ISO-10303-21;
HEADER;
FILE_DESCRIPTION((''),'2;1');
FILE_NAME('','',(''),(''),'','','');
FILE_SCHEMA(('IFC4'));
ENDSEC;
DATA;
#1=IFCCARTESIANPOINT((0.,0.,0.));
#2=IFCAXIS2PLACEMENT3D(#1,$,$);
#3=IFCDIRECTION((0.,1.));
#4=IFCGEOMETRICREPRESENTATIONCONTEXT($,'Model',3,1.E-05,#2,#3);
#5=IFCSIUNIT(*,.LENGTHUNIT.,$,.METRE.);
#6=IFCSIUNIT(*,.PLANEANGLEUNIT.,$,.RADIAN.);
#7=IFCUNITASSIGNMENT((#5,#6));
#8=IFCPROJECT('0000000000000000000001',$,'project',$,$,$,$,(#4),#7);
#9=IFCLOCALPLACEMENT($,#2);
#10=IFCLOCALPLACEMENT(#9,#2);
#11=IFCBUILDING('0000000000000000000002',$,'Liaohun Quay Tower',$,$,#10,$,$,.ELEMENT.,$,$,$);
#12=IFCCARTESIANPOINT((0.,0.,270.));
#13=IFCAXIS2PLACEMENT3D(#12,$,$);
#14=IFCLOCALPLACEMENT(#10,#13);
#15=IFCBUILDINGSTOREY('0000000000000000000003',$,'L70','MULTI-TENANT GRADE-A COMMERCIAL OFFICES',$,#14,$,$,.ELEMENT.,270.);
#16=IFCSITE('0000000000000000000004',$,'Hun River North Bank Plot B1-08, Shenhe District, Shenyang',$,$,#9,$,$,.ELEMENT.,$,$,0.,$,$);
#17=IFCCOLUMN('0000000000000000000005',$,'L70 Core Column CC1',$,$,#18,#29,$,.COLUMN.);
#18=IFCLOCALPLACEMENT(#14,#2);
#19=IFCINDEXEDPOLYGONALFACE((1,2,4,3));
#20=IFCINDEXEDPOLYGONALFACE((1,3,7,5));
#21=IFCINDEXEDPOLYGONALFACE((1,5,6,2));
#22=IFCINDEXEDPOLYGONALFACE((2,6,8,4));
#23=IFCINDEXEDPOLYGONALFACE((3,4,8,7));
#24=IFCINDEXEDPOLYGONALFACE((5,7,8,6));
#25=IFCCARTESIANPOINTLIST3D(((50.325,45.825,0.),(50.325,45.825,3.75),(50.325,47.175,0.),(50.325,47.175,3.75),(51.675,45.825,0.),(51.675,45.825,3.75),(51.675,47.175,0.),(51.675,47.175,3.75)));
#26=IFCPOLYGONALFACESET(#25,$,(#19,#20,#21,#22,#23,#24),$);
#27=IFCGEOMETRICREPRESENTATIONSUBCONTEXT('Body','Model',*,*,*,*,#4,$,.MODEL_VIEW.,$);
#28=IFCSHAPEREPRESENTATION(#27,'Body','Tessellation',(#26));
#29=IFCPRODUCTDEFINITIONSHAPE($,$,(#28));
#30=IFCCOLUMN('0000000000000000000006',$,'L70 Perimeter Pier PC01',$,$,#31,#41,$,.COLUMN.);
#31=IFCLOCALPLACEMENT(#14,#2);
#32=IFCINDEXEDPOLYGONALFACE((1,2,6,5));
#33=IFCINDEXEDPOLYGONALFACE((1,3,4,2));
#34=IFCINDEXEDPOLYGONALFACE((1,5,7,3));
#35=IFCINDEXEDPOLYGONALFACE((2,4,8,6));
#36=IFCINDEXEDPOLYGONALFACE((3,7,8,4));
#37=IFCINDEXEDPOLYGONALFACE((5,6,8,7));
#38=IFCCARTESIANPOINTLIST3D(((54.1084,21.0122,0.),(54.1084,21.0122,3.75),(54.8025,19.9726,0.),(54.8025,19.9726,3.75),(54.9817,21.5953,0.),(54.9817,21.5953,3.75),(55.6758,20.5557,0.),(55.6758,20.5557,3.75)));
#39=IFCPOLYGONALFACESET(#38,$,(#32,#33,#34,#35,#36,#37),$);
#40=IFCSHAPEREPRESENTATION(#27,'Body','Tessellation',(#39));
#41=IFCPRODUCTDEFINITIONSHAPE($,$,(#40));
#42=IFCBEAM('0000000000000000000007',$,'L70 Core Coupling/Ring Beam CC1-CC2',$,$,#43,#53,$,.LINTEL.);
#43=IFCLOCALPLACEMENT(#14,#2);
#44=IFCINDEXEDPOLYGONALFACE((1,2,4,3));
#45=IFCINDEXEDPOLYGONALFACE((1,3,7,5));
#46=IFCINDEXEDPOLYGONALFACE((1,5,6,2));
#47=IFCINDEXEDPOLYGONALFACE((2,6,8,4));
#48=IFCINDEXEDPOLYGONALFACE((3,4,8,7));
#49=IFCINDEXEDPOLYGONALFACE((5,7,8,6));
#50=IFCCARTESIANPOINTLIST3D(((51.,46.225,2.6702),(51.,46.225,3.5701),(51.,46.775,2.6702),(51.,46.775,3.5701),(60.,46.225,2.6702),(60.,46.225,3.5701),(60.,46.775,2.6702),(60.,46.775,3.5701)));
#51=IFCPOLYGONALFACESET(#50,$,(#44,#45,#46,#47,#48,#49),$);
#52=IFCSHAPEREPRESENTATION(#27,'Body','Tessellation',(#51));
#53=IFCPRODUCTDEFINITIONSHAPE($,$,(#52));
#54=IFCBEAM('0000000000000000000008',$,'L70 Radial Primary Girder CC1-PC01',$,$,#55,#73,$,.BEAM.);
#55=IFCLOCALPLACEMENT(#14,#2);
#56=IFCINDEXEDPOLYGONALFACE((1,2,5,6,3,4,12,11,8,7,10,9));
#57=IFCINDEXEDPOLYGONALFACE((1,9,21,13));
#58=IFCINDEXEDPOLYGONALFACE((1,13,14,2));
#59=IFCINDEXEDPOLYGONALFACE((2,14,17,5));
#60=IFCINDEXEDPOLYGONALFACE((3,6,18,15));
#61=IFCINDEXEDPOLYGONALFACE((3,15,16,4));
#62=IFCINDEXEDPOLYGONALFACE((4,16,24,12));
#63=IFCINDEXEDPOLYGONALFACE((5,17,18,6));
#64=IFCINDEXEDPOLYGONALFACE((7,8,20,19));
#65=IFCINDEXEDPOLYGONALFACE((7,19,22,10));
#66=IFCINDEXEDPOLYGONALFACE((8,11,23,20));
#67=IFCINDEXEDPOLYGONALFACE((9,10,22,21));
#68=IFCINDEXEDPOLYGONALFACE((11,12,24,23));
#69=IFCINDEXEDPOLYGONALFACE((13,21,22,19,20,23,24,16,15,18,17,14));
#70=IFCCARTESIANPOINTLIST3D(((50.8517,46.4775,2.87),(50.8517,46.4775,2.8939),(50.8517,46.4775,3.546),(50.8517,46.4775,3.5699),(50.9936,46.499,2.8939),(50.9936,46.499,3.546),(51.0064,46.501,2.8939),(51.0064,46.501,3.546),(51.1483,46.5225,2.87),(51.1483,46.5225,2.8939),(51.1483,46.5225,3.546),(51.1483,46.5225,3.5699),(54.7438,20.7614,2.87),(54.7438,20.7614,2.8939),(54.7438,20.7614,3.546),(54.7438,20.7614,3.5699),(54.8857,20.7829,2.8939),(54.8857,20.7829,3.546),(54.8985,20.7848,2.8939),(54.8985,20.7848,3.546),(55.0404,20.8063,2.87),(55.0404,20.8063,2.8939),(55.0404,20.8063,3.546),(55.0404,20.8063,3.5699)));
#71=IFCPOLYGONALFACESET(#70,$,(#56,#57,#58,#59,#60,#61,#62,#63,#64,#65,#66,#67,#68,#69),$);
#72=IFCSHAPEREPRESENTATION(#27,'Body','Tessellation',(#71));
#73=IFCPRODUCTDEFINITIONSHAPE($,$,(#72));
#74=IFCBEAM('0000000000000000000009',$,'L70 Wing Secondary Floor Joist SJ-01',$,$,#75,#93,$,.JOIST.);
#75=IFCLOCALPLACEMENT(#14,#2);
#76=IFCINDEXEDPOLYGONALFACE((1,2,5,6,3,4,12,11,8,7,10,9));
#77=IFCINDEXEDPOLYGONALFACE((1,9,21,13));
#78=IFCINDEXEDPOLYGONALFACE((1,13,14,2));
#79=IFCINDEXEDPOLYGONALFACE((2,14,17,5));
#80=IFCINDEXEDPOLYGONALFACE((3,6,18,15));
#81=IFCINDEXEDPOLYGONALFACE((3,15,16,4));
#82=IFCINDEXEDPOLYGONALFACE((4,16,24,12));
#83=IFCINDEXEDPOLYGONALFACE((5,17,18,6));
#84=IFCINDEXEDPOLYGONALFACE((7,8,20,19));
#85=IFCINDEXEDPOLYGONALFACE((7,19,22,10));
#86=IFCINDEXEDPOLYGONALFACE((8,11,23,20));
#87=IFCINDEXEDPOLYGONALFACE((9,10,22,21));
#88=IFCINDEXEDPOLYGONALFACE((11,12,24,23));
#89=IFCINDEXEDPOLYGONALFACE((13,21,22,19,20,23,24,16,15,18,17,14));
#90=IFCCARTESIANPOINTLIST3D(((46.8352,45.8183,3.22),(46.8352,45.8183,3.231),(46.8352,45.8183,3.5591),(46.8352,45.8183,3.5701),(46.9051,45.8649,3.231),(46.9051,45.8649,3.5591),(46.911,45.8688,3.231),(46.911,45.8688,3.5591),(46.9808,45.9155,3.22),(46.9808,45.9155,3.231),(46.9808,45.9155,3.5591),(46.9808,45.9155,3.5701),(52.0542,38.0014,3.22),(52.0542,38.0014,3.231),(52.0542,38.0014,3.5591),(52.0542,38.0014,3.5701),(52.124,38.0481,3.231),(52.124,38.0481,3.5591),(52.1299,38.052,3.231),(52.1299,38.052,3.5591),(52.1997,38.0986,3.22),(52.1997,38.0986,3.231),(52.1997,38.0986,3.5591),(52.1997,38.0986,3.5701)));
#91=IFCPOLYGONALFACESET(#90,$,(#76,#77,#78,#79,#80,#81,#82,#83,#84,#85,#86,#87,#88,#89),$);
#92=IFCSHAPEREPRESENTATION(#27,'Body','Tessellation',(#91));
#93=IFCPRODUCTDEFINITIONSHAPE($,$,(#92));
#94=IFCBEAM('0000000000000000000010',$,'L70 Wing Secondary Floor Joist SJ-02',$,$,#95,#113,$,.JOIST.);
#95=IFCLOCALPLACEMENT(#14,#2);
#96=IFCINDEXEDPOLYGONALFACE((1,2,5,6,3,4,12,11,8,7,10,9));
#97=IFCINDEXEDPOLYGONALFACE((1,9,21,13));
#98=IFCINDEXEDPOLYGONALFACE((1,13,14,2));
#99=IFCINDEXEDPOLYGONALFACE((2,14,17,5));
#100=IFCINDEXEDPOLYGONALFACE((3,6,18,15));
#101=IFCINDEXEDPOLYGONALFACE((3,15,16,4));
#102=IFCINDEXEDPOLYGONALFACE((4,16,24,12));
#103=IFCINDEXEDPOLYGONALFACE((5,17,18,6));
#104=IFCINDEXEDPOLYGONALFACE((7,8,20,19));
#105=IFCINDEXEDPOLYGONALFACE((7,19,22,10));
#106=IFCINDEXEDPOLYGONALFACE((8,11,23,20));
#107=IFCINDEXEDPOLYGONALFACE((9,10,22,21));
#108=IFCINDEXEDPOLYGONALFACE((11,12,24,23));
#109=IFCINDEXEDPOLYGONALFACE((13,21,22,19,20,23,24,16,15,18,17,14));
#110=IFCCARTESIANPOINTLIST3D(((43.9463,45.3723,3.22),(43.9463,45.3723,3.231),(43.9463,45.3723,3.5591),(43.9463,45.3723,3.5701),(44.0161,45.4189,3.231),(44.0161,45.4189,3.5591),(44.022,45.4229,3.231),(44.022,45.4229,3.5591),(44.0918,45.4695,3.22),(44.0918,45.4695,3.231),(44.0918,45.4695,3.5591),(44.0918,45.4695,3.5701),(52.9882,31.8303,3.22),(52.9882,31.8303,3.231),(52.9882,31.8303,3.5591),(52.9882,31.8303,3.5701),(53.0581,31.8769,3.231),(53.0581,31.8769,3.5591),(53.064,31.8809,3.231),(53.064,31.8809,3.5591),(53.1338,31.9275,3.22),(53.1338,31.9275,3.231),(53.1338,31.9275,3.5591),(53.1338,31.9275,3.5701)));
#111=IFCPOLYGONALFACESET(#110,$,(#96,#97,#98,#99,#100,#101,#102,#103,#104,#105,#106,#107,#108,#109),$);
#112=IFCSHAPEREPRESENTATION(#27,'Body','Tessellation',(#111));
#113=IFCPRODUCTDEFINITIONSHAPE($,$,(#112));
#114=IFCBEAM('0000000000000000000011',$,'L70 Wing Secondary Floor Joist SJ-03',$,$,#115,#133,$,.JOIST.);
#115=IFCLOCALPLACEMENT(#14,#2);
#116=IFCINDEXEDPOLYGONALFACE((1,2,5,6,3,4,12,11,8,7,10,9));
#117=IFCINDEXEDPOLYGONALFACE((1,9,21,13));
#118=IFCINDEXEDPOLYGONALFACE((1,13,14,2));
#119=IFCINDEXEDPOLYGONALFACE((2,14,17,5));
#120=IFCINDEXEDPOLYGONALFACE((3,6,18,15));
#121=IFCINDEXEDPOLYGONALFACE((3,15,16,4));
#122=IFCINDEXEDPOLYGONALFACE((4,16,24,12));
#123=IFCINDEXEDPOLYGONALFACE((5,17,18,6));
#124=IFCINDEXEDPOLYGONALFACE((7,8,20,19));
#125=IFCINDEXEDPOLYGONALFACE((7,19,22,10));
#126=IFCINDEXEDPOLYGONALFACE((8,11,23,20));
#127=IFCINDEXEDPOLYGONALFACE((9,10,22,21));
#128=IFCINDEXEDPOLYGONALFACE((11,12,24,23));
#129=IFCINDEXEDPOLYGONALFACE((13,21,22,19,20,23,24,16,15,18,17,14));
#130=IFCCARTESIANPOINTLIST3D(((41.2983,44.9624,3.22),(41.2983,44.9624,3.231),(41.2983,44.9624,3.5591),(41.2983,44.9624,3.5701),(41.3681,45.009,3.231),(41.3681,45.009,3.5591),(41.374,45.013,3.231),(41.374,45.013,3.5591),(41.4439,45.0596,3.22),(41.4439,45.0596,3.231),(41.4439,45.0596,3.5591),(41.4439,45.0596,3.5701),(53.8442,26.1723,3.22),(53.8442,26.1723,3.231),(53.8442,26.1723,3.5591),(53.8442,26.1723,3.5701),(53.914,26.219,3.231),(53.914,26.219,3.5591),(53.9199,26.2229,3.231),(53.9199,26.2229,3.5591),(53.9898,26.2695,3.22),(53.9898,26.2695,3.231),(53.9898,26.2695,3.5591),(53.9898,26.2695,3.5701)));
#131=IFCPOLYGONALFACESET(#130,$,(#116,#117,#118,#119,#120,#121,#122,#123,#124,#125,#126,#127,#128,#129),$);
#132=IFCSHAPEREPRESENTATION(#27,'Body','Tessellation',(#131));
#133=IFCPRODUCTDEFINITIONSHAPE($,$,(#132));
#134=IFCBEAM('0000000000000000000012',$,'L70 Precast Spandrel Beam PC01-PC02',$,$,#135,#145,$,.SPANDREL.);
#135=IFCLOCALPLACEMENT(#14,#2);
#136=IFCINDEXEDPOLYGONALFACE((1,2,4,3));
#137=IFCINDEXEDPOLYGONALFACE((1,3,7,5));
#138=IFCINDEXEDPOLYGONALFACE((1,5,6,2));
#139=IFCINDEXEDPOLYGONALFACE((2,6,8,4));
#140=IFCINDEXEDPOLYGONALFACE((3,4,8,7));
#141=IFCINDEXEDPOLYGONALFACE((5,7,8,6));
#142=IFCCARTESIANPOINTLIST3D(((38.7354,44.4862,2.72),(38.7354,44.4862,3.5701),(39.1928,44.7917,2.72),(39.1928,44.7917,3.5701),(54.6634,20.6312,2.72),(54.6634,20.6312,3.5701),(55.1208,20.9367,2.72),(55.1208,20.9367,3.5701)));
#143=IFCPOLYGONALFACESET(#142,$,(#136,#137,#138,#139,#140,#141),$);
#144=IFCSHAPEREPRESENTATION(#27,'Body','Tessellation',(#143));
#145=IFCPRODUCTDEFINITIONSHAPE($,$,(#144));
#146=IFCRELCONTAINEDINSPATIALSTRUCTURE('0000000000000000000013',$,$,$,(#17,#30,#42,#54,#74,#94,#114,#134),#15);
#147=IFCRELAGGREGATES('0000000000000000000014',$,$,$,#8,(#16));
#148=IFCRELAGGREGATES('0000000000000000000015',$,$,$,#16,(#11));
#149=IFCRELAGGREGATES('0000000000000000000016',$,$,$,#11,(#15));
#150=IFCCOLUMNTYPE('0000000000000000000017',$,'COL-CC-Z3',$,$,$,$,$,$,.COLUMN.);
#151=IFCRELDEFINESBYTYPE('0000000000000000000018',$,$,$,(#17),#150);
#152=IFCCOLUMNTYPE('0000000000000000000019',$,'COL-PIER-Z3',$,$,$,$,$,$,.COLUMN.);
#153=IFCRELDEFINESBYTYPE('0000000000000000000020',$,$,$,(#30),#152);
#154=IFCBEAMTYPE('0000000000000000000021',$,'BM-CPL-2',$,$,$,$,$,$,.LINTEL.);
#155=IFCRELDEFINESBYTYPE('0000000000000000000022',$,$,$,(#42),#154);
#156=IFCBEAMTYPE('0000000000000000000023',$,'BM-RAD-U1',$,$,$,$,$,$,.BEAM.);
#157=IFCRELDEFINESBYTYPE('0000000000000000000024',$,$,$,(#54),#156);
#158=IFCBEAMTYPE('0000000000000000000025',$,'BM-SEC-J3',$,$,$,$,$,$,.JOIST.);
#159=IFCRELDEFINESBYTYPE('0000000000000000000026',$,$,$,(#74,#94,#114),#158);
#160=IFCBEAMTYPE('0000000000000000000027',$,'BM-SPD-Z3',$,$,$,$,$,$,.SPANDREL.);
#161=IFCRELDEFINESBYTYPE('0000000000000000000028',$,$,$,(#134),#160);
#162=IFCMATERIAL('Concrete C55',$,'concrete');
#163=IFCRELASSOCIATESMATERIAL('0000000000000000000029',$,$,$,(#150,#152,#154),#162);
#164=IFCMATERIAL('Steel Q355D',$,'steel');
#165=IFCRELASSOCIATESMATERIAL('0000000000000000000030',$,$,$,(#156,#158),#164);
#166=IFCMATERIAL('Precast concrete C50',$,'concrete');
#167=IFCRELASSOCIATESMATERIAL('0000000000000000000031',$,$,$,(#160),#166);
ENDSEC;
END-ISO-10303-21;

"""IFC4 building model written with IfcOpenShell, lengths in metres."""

from ifc_helpers import new_model, si_unit, direction, frame, origin, origin_2d, place, context, subcontext, project, spatial, rectangle, i_section, extrude, source, transform, mapped, material, material_profile, profile_set, type_object, element, save


model = new_model("IFC4")

# Units and contexts
model_context = context("Model", 3, precision=1e-05, world=origin(), true_north=direction((0.0, 1.0)))
body_context = subcontext(model_context, "Body", "Model", "MODEL_VIEW")
ifc_project = project(units=[si_unit("LENGTHUNIT", "METRE"), si_unit("PLANEANGLEUNIT", "RADIAN")], contexts=[model_context])

# Site, building, storey
site_placement = place(None, origin())
site = spatial("IfcSite", under=ifc_project, at=site_placement, Name="Hun River North Bank Plot B1-08, Shenhe District, Shenyang", CompositionType="ELEMENT", RefElevation=0.0)
building_placement = place(site_placement, origin())
building = spatial("IfcBuilding", under=site, at=building_placement, Name="Liaohun Quay Tower", CompositionType="ELEMENT")
storey_placement = place(building_placement, frame((0.0, 0.0, 270.0)))
storey = spatial("IfcBuildingStorey", under=building, at=storey_placement, Name="L70", Description="MULTI-TENANT GRADE-A COMMERCIAL OFFICES", CompositionType="ELEMENT", Elevation=270.0)

# Columns
ifc_material_1 = material(Name="Concrete C55", Category="concrete")
ifc_material_profile_1 = material_profile(ifc_material_1, rectangle(XDim=1.3501, YDim=1.3501, at=origin_2d()), Name="RC1350x1350")
ifc_profile_set_1 = profile_set([ifc_material_profile_1], Name="Concrete C55")
column_type_1 = type_object("IfcColumnType", Name="COL-CC-Z3", PredefinedType="COLUMN", material=ifc_profile_set_1)
shared_shape_1 = source(origin(), body_context, "Body", "SweptSolid", [
    extrude(rectangle(XDim=1.3501, YDim=1.3501, at=origin_2d()), origin(), (0.0, 0.0, 1.0), 3.75),
])
column_1_placement = place(storey_placement, frame((51.0, 46.5, 0.0), z_axis=(0.0, 0.0, 1.0), x_axis=(1.0, 0.0, 0.0)))
element("IfcColumn", 1, at=column_1_placement, inside=storey, type_object=column_type_1, Name="L70 Core Column CC1", PredefinedType="COLUMN", context=body_context, shape_type="MappedRepresentation", body=[
    mapped(shared_shape_1, transform((0.0, 0.0, 0.0), x_axis=(1.0, 0.0, 0.0), y_axis=(0.0, 1.0, 0.0), z_axis=(0.0, 0.0, 1.0), scale=1.0)),
])
ifc_material_profile_2 = material_profile(ifc_material_1, rectangle(XDim=1.25, YDim=1.05, at=origin_2d()), Name="RC1250x1050")
ifc_profile_set_2 = profile_set([ifc_material_profile_2], Name="Concrete C55")
column_type_2 = type_object("IfcColumnType", Name="COL-PIER-Z3", PredefinedType="COLUMN", material=ifc_profile_set_2)
shared_shape_2 = source(origin(), body_context, "Body", "SweptSolid", [
    extrude(rectangle(XDim=1.25, YDim=1.05, at=origin_2d()), origin(), (0.0, 0.0, 1.0), 3.75),
])
column_2_placement = place(storey_placement, frame((54.8921, 20.7839, 0.0), z_axis=(0.0, 0.0, 1.0), x_axis=(-0.55528, 0.831663, 0.0)))
element("IfcColumn", 2, at=column_2_placement, inside=storey, type_object=column_type_2, Name="L70 Perimeter Pier PC01", PredefinedType="COLUMN", context=body_context, shape_type="MappedRepresentation", body=[
    mapped(shared_shape_2, transform((0.0, 0.0, 0.0), x_axis=(1.0, 0.0, 0.0), y_axis=(0.0, 1.0, 0.0), z_axis=(0.0, 0.0, 1.0), scale=1.0)),
])

# Beams
ifc_material_profile_3 = material_profile(ifc_material_1, rectangle(XDim=0.55, YDim=0.8999, at=origin_2d()), Name="RC550x900")
ifc_profile_set_3 = profile_set([ifc_material_profile_3], Name="Concrete C55")
beam_type_1 = type_object("IfcBeamType", Name="BM-CPL-2", PredefinedType="LINTEL", material=ifc_profile_set_3)
shared_shape_3 = source(origin(), body_context, "Body", "SweptSolid", [
    extrude(rectangle(XDim=0.55, YDim=0.8999, at=origin_2d()), origin(), (0.0, 0.0, 1.0), 9.0),
])
beam_1_placement = place(storey_placement, frame((51.0, 46.5, 3.1201), z_axis=(1.0, 0.0, 0.0), x_axis=(0.0, 1.0, 0.0)))
element("IfcBeam", 3, at=beam_1_placement, inside=storey, type_object=beam_type_1, Name="L70 Core Coupling/Ring Beam CC1-CC2", PredefinedType="LINTEL", context=body_context, shape_type="MappedRepresentation", body=[
    mapped(shared_shape_3, transform((0.0, 0.0, 0.0), x_axis=(1.0, 0.0, 0.0), y_axis=(0.0, 1.0, 0.0), z_axis=(0.0, 0.0, 1.0), scale=1.0)),
])
ifc_material_2 = material(Name="Steel Q355D", Category="steel")
ifc_material_profile_4 = material_profile(ifc_material_2, i_section(OverallWidth=0.3, OverallDepth=0.7, WebThickness=0.0129, FlangeThickness=0.0239, at=origin_2d()), Name="HN700x300x13x24")
ifc_profile_set_4 = profile_set([ifc_material_profile_4], Name="Steel Q355D")
beam_type_2 = type_object("IfcBeamType", Name="BM-RAD-U1", PredefinedType="BEAM", material=ifc_profile_set_4)
shared_shape_4 = source(origin(), body_context, "Body", "SweptSolid", [
    extrude(i_section(OverallWidth=0.3, OverallDepth=0.7, WebThickness=0.0129, FlangeThickness=0.0239, at=origin_2d()), origin(), (0.0, 0.0, 1.0), 26.009),
])
beam_2_placement = place(storey_placement, frame((51.0, 46.5, 3.22), z_axis=(0.149644, -0.98874, 0.0), x_axis=(0.98874, 0.149644, 0.0)))
element("IfcBeam", 4, at=beam_2_placement, inside=storey, type_object=beam_type_2, Name="L70 Radial Primary Girder CC1-PC01", PredefinedType="BEAM", context=body_context, shape_type="MappedRepresentation", body=[
    mapped(shared_shape_4, transform((0.0, 0.0, 0.0), x_axis=(1.0, 0.0, 0.0), y_axis=(0.0, 1.0, 0.0), z_axis=(0.0, 0.0, 1.0), scale=1.0)),
])
ifc_material_profile_5 = material_profile(ifc_material_2, i_section(OverallWidth=0.175, OverallDepth=0.3501, WebThickness=0.0071, FlangeThickness=0.011, at=origin_2d()), Name="HN350x175x7x11")
ifc_profile_set_5 = profile_set([ifc_material_profile_5], Name="Steel Q355D")
beam_type_3 = type_object("IfcBeamType", Name="BM-SEC-J3", PredefinedType="JOIST", material=ifc_profile_set_5)
shared_shape_5 = source(origin(), body_context, "Body", "SweptSolid", [
    extrude(i_section(OverallWidth=0.175, OverallDepth=0.3501, WebThickness=0.0071, FlangeThickness=0.011, at=origin_2d()), origin(), (0.0, 0.0, 1.0), 9.3989),
])
beam_3_placement = place(storey_placement, frame((52.127, 38.05, 3.395), z_axis=(-0.55527, 0.83167, 0.0), x_axis=(-0.83167, -0.55527, 0.0)))
element("IfcBeam", 5, at=beam_3_placement, inside=storey, type_object=beam_type_3, Name="L70 Wing Secondary Floor Joist SJ-01", PredefinedType="JOIST", context=body_context, shape_type="MappedRepresentation", body=[
    mapped(shared_shape_5, transform((0.0, 0.0, 0.0), x_axis=(1.0, 0.0, 0.0), y_axis=(0.0, 1.0, 0.0), z_axis=(0.0, 0.0, 1.0), scale=1.0)),
])
shared_shape_6 = source(origin(), body_context, "Body", "SweptSolid", [
    extrude(i_section(OverallWidth=0.175, OverallDepth=0.3501, WebThickness=0.0071, FlangeThickness=0.011, at=origin_2d()), origin(), (0.0, 0.0, 1.0), 16.2832),
])
beam_4_placement = place(storey_placement, frame((53.061, 31.8789, 3.395), z_axis=(-0.555295, 0.831653, 0.0), x_axis=(-0.831653, -0.555295, 0.0)))
element("IfcBeam", 6, at=beam_4_placement, inside=storey, type_object=beam_type_3, Name="L70 Wing Secondary Floor Joist SJ-02", PredefinedType="JOIST", context=body_context, shape_type="MappedRepresentation", body=[
    mapped(shared_shape_6, transform((0.0, 0.0, 0.0), x_axis=(1.0, 0.0, 0.0), y_axis=(0.0, 1.0, 0.0), z_axis=(0.0, 0.0, 1.0), scale=1.0)),
])
shared_shape_7 = source(origin(), body_context, "Body", "SweptSolid", [
    extrude(i_section(OverallWidth=0.175, OverallDepth=0.3501, WebThickness=0.0071, FlangeThickness=0.011, at=origin_2d()), origin(), (0.0, 0.0, 1.0), 22.5935),
])
beam_5_placement = place(storey_placement, frame((53.917, 26.2209, 3.395), z_axis=(-0.555289, 0.831658, 0.0), x_axis=(-0.831658, -0.555289, 0.0)))
element("IfcBeam", 7, at=beam_5_placement, inside=storey, type_object=beam_type_3, Name="L70 Wing Secondary Floor Joist SJ-03", PredefinedType="JOIST", context=body_context, shape_type="MappedRepresentation", body=[
    mapped(shared_shape_7, transform((0.0, 0.0, 0.0), x_axis=(1.0, 0.0, 0.0), y_axis=(0.0, 1.0, 0.0), z_axis=(0.0, 0.0, 1.0), scale=1.0)),
])
ifc_material_3 = material(Name="Precast concrete C50", Category="concrete")
ifc_material_profile_6 = material_profile(ifc_material_3, rectangle(XDim=0.55, YDim=0.8501, at=origin_2d()), Name="RC550x850")
ifc_profile_set_6 = profile_set([ifc_material_profile_6], Name="Precast concrete C50")
beam_type_4 = type_object("IfcBeamType", Name="BM-SPD-Z3", PredefinedType="SPANDREL", material=ifc_profile_set_6)
shared_shape_8 = source(origin(), body_context, "Body", "SweptSolid", [
    extrude(rectangle(XDim=0.55, YDim=0.8501, at=origin_2d()), origin(), (0.0, 0.0, 1.0), 28.6838),
])
beam_6_placement = place(storey_placement, frame((54.8921, 20.7839, 3.145), z_axis=(-0.555295, 0.831653, 0.0), x_axis=(-0.831653, -0.555295, 0.0)))
element("IfcBeam", 8, at=beam_6_placement, inside=storey, type_object=beam_type_4, Name="L70 Precast Spandrel Beam PC01-PC02", PredefinedType="SPANDREL", context=body_context, shape_type="MappedRepresentation", body=[
    mapped(shared_shape_8, transform((0.0, 0.0, 0.0), x_axis=(1.0, 0.0, 0.0), y_axis=(0.0, 1.0, 0.0), z_axis=(0.0, 0.0, 1.0), scale=1.0)),
])

save(model, "model.ifc")
